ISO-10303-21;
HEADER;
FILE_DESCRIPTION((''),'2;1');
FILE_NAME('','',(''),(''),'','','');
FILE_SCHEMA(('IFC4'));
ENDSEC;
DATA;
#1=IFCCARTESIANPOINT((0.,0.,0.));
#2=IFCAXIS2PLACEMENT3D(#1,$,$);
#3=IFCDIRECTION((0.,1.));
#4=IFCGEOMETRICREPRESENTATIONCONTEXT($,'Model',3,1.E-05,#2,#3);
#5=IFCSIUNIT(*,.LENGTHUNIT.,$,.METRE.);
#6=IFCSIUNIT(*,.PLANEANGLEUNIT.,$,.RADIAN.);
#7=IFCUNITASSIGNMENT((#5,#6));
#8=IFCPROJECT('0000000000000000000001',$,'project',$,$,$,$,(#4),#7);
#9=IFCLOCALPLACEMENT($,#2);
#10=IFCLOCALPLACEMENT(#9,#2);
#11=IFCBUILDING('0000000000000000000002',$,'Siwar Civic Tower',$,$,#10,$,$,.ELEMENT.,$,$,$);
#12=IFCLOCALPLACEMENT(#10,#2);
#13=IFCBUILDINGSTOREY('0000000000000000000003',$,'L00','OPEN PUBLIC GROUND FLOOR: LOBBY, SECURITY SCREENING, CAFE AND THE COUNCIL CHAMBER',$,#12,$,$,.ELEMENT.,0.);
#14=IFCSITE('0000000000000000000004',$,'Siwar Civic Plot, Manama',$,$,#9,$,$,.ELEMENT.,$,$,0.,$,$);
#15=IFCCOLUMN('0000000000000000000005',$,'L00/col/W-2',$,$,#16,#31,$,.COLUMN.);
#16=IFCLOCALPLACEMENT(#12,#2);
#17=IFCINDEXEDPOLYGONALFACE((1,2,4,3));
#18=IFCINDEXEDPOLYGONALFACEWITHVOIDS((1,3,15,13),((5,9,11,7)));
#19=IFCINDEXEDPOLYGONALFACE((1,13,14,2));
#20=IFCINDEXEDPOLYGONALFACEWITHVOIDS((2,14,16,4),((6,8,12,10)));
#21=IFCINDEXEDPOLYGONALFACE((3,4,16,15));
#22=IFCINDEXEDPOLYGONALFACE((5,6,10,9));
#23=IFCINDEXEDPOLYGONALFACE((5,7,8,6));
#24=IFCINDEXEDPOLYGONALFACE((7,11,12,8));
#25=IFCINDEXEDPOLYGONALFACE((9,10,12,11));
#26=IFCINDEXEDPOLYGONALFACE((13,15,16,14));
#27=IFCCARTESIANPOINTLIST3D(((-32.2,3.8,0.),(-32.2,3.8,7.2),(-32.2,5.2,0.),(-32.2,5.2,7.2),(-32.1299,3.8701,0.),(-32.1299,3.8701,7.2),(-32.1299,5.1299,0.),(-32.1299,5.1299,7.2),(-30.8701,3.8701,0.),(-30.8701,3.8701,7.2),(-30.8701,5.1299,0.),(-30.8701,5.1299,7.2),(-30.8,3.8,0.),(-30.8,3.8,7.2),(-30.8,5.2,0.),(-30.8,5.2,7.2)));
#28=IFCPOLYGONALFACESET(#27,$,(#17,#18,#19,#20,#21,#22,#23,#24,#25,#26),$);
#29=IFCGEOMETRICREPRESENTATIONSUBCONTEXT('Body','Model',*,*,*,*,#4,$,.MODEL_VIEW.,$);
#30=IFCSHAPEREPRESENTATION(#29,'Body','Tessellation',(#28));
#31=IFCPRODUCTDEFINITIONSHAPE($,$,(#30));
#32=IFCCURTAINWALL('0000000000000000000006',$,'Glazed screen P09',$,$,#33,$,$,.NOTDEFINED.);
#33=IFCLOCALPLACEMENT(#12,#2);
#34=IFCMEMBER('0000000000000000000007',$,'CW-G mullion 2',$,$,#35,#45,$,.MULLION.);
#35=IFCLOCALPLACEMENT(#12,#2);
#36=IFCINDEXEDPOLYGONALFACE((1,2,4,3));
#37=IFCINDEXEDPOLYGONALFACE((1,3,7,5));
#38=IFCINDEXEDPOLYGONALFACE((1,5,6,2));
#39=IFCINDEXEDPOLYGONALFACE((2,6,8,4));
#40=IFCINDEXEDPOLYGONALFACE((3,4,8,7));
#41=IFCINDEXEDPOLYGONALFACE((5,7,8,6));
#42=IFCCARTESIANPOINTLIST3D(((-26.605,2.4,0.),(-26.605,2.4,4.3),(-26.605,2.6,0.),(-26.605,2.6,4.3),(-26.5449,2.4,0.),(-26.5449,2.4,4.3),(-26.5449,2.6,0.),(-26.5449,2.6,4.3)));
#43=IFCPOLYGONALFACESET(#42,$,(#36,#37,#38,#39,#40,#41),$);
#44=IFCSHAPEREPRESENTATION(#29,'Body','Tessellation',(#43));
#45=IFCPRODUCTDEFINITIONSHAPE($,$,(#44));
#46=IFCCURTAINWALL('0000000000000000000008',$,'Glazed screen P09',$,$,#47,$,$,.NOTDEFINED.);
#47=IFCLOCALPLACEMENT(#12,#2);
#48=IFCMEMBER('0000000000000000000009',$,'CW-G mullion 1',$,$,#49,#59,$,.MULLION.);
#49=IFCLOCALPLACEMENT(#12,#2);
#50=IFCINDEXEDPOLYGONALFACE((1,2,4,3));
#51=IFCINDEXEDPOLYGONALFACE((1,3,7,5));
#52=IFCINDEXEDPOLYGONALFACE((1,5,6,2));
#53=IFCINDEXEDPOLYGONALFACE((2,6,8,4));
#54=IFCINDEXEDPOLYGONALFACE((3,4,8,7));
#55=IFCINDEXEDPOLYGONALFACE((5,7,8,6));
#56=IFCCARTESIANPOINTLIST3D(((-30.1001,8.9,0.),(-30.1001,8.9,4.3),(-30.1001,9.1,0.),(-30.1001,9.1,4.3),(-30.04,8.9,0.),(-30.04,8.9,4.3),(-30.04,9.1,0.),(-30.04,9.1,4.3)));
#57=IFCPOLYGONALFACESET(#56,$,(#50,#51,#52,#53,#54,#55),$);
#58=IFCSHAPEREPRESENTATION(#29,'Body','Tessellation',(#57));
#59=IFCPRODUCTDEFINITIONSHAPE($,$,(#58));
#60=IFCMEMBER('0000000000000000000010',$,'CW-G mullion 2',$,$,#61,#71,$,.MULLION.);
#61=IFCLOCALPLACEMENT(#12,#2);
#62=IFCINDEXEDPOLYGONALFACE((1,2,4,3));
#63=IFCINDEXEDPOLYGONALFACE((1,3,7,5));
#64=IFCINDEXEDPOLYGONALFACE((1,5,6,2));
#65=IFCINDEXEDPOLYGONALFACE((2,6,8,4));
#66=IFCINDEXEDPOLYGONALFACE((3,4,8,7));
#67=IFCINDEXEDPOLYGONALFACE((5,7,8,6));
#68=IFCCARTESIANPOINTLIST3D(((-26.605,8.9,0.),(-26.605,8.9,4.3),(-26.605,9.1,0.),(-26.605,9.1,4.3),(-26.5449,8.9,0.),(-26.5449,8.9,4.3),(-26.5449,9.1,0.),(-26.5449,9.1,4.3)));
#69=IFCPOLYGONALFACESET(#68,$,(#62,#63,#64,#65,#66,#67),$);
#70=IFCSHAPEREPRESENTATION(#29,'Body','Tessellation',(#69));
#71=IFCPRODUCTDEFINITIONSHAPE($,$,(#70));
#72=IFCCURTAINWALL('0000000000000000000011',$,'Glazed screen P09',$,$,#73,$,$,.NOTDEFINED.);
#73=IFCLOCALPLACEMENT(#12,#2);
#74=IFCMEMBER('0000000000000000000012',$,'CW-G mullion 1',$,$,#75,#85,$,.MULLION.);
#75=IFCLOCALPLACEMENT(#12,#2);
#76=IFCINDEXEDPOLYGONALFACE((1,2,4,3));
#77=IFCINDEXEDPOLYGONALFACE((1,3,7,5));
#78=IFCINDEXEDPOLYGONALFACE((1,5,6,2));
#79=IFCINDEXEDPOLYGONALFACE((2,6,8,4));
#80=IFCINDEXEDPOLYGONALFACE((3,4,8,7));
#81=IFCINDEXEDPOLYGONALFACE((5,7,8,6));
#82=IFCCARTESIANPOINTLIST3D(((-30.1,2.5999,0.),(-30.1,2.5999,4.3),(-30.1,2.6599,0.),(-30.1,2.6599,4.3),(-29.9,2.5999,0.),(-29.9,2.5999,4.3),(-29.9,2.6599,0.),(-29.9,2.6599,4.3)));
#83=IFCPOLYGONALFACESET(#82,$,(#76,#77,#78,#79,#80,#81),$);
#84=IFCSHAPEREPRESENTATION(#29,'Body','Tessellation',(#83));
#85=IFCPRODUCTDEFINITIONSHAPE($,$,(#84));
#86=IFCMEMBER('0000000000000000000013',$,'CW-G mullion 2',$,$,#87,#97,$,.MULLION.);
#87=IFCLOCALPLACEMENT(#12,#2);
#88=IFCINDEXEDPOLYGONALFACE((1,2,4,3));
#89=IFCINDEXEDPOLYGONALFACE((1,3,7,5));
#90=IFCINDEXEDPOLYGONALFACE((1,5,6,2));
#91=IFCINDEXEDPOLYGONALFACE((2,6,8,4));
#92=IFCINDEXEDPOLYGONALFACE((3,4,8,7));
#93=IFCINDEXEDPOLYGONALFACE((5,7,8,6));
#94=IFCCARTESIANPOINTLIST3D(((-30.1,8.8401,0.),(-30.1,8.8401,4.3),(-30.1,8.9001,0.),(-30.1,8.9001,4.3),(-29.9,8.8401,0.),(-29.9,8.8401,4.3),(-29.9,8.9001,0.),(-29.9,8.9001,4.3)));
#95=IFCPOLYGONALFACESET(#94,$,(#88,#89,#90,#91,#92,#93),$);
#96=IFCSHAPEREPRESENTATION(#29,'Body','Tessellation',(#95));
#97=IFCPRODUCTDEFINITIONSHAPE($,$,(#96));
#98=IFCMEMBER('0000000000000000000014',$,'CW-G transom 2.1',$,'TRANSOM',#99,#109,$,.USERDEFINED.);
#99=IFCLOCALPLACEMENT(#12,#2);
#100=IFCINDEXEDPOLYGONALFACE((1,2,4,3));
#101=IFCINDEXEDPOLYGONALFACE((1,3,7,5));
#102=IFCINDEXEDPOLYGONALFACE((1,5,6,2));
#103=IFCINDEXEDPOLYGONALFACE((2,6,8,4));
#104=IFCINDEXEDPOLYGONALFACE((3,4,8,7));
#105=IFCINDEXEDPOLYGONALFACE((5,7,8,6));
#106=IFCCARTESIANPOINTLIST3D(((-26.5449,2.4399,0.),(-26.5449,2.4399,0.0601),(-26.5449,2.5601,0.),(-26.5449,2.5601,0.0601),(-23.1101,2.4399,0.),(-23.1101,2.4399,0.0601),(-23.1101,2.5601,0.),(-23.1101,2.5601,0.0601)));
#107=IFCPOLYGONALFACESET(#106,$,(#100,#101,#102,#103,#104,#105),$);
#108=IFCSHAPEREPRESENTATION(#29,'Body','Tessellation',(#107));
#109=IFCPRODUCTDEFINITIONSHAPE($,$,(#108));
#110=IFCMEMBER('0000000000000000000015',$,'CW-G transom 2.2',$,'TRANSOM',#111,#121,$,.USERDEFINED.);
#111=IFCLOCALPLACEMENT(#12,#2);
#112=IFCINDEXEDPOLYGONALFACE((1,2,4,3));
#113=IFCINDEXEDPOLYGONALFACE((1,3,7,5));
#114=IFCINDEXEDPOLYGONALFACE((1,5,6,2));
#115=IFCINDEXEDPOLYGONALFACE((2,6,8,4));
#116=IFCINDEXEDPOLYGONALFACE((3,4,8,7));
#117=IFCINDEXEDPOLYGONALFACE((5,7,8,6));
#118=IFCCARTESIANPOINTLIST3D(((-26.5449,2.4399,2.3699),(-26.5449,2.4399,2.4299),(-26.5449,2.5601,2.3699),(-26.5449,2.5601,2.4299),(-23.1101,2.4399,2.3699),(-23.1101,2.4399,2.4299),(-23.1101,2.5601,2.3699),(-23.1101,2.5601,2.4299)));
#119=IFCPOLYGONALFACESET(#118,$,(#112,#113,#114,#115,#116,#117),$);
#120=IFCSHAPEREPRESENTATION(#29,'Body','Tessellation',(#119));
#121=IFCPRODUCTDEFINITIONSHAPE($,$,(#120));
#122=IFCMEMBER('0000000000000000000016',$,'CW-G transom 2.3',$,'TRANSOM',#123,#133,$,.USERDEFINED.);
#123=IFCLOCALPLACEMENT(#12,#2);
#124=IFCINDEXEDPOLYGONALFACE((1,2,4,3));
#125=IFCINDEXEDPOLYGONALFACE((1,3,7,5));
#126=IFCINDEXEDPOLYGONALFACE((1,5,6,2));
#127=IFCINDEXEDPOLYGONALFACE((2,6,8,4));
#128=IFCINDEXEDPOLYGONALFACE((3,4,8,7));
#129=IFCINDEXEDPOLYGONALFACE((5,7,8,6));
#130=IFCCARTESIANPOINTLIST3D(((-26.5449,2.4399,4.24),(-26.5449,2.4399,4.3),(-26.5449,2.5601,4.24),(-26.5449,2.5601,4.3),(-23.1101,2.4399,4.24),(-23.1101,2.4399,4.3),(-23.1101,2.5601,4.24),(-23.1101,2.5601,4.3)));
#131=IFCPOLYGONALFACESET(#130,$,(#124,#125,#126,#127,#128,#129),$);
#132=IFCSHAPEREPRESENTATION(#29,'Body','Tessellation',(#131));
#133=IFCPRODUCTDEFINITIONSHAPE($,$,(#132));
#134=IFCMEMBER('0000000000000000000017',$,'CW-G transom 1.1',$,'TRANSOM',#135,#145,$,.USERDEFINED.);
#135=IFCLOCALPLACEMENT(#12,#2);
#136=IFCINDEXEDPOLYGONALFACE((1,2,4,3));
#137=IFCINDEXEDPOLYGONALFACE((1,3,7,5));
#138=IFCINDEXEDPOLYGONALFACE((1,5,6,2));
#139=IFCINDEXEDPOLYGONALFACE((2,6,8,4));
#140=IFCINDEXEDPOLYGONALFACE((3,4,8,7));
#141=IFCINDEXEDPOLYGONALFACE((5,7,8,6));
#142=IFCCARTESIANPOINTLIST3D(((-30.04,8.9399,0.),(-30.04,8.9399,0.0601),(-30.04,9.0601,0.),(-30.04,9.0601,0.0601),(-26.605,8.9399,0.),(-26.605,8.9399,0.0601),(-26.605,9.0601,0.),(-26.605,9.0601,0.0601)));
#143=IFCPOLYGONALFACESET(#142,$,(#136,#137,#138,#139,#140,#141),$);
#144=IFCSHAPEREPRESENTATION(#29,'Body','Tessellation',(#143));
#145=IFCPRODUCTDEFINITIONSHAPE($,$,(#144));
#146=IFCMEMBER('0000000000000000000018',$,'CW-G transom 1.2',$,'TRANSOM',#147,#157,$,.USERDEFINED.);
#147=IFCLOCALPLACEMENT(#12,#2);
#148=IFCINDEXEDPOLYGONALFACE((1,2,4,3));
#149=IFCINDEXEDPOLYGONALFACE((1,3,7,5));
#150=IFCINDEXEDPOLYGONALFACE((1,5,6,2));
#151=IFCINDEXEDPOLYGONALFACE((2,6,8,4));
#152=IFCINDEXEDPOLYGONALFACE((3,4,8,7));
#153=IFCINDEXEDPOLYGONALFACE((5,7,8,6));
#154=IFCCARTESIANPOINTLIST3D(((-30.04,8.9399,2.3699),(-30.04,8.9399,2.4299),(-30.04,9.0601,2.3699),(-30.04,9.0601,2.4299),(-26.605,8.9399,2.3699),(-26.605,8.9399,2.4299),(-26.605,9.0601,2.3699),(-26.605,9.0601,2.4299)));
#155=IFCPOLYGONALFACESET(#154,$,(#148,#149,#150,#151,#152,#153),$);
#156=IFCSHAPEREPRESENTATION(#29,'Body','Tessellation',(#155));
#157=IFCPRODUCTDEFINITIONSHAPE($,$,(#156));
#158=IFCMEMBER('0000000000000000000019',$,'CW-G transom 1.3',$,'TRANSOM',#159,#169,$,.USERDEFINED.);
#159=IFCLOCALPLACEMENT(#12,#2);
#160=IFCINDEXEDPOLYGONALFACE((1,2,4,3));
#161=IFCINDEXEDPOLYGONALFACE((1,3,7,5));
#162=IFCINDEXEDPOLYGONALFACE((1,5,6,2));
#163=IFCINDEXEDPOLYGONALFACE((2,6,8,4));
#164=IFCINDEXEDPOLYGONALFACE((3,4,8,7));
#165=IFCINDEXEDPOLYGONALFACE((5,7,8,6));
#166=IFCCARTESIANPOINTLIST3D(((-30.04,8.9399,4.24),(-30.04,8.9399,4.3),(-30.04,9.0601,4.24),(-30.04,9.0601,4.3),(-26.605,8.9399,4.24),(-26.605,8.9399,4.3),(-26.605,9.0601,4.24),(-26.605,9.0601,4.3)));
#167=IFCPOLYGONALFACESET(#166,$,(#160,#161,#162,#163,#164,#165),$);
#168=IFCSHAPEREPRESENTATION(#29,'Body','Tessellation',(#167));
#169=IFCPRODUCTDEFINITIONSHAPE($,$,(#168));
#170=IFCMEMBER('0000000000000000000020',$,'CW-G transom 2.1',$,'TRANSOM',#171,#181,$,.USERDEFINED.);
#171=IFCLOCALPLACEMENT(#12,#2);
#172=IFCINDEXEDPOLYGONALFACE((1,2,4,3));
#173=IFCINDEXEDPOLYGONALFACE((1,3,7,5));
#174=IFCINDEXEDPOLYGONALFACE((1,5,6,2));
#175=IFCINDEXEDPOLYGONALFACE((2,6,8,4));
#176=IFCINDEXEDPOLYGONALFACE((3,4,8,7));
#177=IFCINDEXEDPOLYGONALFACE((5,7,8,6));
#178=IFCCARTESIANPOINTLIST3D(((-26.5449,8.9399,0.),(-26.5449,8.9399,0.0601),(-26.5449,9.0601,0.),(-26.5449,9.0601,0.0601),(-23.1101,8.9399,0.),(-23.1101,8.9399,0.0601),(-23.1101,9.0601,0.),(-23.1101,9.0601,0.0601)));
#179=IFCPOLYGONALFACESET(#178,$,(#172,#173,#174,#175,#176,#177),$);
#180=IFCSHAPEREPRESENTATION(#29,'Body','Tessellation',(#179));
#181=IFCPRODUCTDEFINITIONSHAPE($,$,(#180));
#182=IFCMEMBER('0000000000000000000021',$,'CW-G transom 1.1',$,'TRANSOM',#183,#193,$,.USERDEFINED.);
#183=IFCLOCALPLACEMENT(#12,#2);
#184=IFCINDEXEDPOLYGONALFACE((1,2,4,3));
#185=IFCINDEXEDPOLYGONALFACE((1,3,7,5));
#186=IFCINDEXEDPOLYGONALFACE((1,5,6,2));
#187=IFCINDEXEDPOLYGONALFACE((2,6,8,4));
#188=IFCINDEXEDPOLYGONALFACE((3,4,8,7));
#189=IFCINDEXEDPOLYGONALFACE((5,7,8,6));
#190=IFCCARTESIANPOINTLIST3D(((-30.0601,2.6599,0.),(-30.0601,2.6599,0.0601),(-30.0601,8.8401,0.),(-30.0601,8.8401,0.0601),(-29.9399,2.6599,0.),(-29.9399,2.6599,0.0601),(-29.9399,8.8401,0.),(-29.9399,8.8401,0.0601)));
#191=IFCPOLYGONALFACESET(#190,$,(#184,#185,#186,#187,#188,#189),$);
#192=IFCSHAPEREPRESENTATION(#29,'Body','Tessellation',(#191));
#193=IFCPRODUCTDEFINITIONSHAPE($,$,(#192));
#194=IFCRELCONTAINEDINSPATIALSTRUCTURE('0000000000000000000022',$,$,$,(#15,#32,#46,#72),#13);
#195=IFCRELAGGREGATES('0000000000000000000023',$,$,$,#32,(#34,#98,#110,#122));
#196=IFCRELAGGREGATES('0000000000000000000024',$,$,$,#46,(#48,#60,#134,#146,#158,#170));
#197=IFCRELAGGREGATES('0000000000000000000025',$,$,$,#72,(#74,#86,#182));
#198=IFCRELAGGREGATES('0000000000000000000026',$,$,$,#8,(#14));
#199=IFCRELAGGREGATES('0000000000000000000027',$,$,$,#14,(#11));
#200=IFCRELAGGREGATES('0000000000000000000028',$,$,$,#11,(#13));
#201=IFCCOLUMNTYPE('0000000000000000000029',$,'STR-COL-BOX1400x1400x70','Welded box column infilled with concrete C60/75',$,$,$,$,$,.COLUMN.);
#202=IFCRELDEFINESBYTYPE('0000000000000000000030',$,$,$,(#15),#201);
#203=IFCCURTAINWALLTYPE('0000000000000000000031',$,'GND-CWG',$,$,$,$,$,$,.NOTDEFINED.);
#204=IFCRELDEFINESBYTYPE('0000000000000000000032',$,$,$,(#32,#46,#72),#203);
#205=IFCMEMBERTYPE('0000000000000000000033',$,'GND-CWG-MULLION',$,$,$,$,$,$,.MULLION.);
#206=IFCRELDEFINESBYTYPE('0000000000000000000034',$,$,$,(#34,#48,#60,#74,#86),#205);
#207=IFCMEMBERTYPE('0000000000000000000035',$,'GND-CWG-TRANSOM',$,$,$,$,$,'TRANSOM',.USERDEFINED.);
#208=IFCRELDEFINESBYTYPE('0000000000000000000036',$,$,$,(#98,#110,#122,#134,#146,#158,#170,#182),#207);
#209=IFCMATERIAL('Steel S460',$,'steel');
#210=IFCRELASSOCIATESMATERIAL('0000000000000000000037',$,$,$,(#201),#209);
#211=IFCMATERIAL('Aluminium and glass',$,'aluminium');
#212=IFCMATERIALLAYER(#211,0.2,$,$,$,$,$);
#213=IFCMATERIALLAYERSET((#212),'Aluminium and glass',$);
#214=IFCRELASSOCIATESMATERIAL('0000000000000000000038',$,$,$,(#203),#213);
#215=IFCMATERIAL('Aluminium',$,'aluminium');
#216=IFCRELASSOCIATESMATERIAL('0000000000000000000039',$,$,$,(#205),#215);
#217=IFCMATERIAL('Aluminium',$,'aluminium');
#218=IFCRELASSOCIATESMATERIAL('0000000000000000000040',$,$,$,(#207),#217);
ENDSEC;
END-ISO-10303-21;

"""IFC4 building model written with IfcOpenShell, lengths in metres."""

from ifc_helpers import new_model, si_unit, direction, frame, origin, origin_2d, place, context, subcontext, project, spatial, rectangle, hollow_rectangle, extrude, material, layer, layer_set, material_profile, profile_set, type_object, element, aggregate, save


model = new_model("IFC4")

# Units and contexts
model_context = context("Model", 3, precision=1e-05, world=origin(), true_north=direction((0.0, 1.0)))
body_context = subcontext(model_context, "Body", "Model", "MODEL_VIEW")
ifc_project = project(units=[si_unit("LENGTHUNIT", "METRE"), si_unit("PLANEANGLEUNIT", "RADIAN")], contexts=[model_context])

# Site, building, storey
site_placement = place(None, origin())
site = spatial("IfcSite", under=ifc_project, at=site_placement, Name="Siwar Civic Plot, Manama", CompositionType="ELEMENT", RefElevation=0.0)
building_placement = place(site_placement, origin())
building = spatial("IfcBuilding", under=site, at=building_placement, Name="Siwar Civic Tower", CompositionType="ELEMENT")
storey_placement = place(building_placement, origin())
storey = spatial("IfcBuildingStorey", under=building, at=storey_placement, Name="L00", Description="OPEN PUBLIC GROUND FLOOR: LOBBY, SECURITY SCREENING, CAFE AND THE COUNCIL CHAMBER", CompositionType="ELEMENT", Elevation=0.0)

# Column
ifc_material_1 = material(Name="Steel S460", Category="steel")
ifc_material_profile_1 = material_profile(ifc_material_1, hollow_rectangle(XDim=1.3999, YDim=1.3999, WallThickness=0.0701, at=origin_2d()), Name="BOX1400x1400x70")
ifc_profile_set_1 = profile_set([ifc_material_profile_1], Name="Steel S460")
column_type = type_object("IfcColumnType", Name="STR-COL-BOX1400x1400x70", Description="Welded box column infilled with concrete C60/75", PredefinedType="COLUMN", material=ifc_profile_set_1)
column_placement = place(storey_placement, frame((-31.5, 4.5, 0.0), z_axis=(0.0, 0.0, 1.0), x_axis=(1.0, 0.0, 0.0)))
element("IfcColumn", 1, at=column_placement, inside=storey, type_object=column_type, Name="L00/col/W-2", PredefinedType="COLUMN", context=body_context, shape_type="SweptSolid", body=[
    extrude(hollow_rectangle(XDim=1.3999, YDim=1.3999, WallThickness=0.0701, at=origin_2d()), origin(), (0.0, 0.0, 1.0), 7.2),
])

# Curtain wall, member
ifc_material_2 = material(Name="Aluminium and glass", Category="aluminium")
ifc_layer_1 = layer(ifc_material_2, 0.2)
ifc_layer_set_1 = layer_set([ifc_layer_1], Name="Aluminium and glass")
curtain_wall_type = type_object("IfcCurtainWallType", Name="GND-CWG", PredefinedType="NOTDEFINED", material=ifc_layer_set_1)
curtain_wall_1_placement = place(storey_placement, origin())
curtain_wall_1 = element("IfcCurtainWall", 2, at=curtain_wall_1_placement, inside=storey, type_object=curtain_wall_type, Name="Glazed screen P09", PredefinedType="NOTDEFINED")
ifc_material_3 = material(Name="Aluminium", Category="aluminium")
ifc_material_profile_2 = material_profile(ifc_material_3, rectangle(XDim=0.2, YDim=0.0601, at=origin_2d()), Name="AL 200x60")
ifc_profile_set_2 = profile_set([ifc_material_profile_2], Name="Aluminium")
member_type_1 = type_object("IfcMemberType", Name="GND-CWG-MULLION", PredefinedType="MULLION", material=ifc_profile_set_2)
member_1_placement = place(storey_placement, frame((-26.575, 2.5, 0.0), z_axis=(0.0, 0.0, 1.0), x_axis=(0.0, 1.0, 0.0)))
member_1 = element("IfcMember", 3, at=member_1_placement, type_object=member_type_1, Name="CW-G mullion 2", PredefinedType="MULLION", context=body_context, shape_type="SweptSolid", body=[
    extrude(rectangle(XDim=0.2, YDim=0.0601, at=origin_2d()), origin(), (0.0, 0.0, 1.0), 4.3),
])

# Curtain walls, members
curtain_wall_2_placement = place(storey_placement, origin())
curtain_wall_2 = element("IfcCurtainWall", 4, at=curtain_wall_2_placement, inside=storey, type_object=curtain_wall_type, Name="Glazed screen P09", PredefinedType="NOTDEFINED")
member_2_placement = place(storey_placement, frame((-30.0701, 9.0, 0.0), z_axis=(0.0, 0.0, 1.0), x_axis=(0.0, 1.0, 0.0)))
member_2 = element("IfcMember", 5, at=member_2_placement, type_object=member_type_1, Name="CW-G mullion 1", PredefinedType="MULLION", context=body_context, shape_type="SweptSolid", body=[
    extrude(rectangle(XDim=0.2, YDim=0.0601, at=origin_2d()), origin(), (0.0, 0.0, 1.0), 4.3),
])
member_3_placement = place(storey_placement, frame((-26.575, 9.0, 0.0), z_axis=(0.0, 0.0, 1.0), x_axis=(0.0, 1.0, 0.0)))
member_3 = element("IfcMember", 6, at=member_3_placement, type_object=member_type_1, Name="CW-G mullion 2", PredefinedType="MULLION", context=body_context, shape_type="SweptSolid", body=[
    extrude(rectangle(XDim=0.2, YDim=0.0601, at=origin_2d()), origin(), (0.0, 0.0, 1.0), 4.3),
])
curtain_wall_3_placement = place(storey_placement, origin())
curtain_wall_3 = element("IfcCurtainWall", 7, at=curtain_wall_3_placement, inside=storey, type_object=curtain_wall_type, Name="Glazed screen P09", PredefinedType="NOTDEFINED")
member_4_placement = place(storey_placement, frame((-30.0, 2.6299, 0.0), z_axis=(0.0, 0.0, 1.0), x_axis=(-1.0, 0.0, 0.0)))
member_4 = element("IfcMember", 8, at=member_4_placement, type_object=member_type_1, Name="CW-G mullion 1", PredefinedType="MULLION", context=body_context, shape_type="SweptSolid", body=[
    extrude(rectangle(XDim=0.2, YDim=0.0601, at=origin_2d()), origin(), (0.0, 0.0, 1.0), 4.3),
])
member_5_placement = place(storey_placement, frame((-30.0, 8.8701, 0.0), z_axis=(0.0, 0.0, 1.0), x_axis=(-1.0, 0.0, 0.0)))
member_5 = element("IfcMember", 9, at=member_5_placement, type_object=member_type_1, Name="CW-G mullion 2", PredefinedType="MULLION", context=body_context, shape_type="SweptSolid", body=[
    extrude(rectangle(XDim=0.2, YDim=0.0601, at=origin_2d()), origin(), (0.0, 0.0, 1.0), 4.3),
])

# Members
ifc_material_4 = material(Name="Aluminium", Category="aluminium")
ifc_material_profile_3 = material_profile(ifc_material_4, rectangle(XDim=0.1201, YDim=0.0601, at=origin_2d()), Name="AL 120x60")
ifc_profile_set_3 = profile_set([ifc_material_profile_3], Name="Aluminium")
member_type_2 = type_object("IfcMemberType", Name="GND-CWG-TRANSOM", ElementType="TRANSOM", PredefinedType="USERDEFINED", material=ifc_profile_set_3)
member_6_placement = place(storey_placement, frame((-26.5449, 2.5, 0.03), z_axis=(1.0, 0.0, 0.0), x_axis=(0.0, 1.0, 0.0)))
member_6 = element("IfcMember", 10, at=member_6_placement, type_object=member_type_2, Name="CW-G transom 2.1", ObjectType="TRANSOM", PredefinedType="USERDEFINED", context=body_context, shape_type="SweptSolid", body=[
    extrude(rectangle(XDim=0.1201, YDim=0.0601, at=origin_2d()), origin(), (0.0, 0.0, 1.0), 3.4348),
])
member_7_placement = place(storey_placement, frame((-26.5449, 2.5, 2.3999), z_axis=(1.0, 0.0, 0.0), x_axis=(0.0, 1.0, 0.0)))
member_7 = element("IfcMember", 11, at=member_7_placement, type_object=member_type_2, Name="CW-G transom 2.2", ObjectType="TRANSOM", PredefinedType="USERDEFINED", context=body_context, shape_type="SweptSolid", body=[
    extrude(rectangle(XDim=0.1201, YDim=0.0601, at=origin_2d()), origin(), (0.0, 0.0, 1.0), 3.4348),
])
member_8_placement = place(storey_placement, frame((-26.5449, 2.5, 4.27), z_axis=(1.0, 0.0, 0.0), x_axis=(0.0, 1.0, 0.0)))
member_8 = element("IfcMember", 12, at=member_8_placement, type_object=member_type_2, Name="CW-G transom 2.3", ObjectType="TRANSOM", PredefinedType="USERDEFINED", context=body_context, shape_type="SweptSolid", body=[
    extrude(rectangle(XDim=0.1201, YDim=0.0601, at=origin_2d()), origin(), (0.0, 0.0, 1.0), 3.4348),
])
member_9_placement = place(storey_placement, frame((-30.04, 9.0, 0.03), z_axis=(1.0, 0.0, 0.0), x_axis=(0.0, 1.0, 0.0)))
member_9 = element("IfcMember", 13, at=member_9_placement, type_object=member_type_2, Name="CW-G transom 1.1", ObjectType="TRANSOM", PredefinedType="USERDEFINED", context=body_context, shape_type="SweptSolid", body=[
    extrude(rectangle(XDim=0.1201, YDim=0.0601, at=origin_2d()), origin(), (0.0, 0.0, 1.0), 3.4351),
])
member_10_placement = place(storey_placement, frame((-30.04, 9.0, 2.3999), z_axis=(1.0, 0.0, 0.0), x_axis=(0.0, 1.0, 0.0)))
member_10 = element("IfcMember", 14, at=member_10_placement, type_object=member_type_2, Name="CW-G transom 1.2", ObjectType="TRANSOM", PredefinedType="USERDEFINED", context=body_context, shape_type="SweptSolid", body=[
    extrude(rectangle(XDim=0.1201, YDim=0.0601, at=origin_2d()), origin(), (0.0, 0.0, 1.0), 3.4351),
])
member_11_placement = place(storey_placement, frame((-30.04, 9.0, 4.27), z_axis=(1.0, 0.0, 0.0), x_axis=(0.0, 1.0, 0.0)))
member_11 = element("IfcMember", 15, at=member_11_placement, type_object=member_type_2, Name="CW-G transom 1.3", ObjectType="TRANSOM", PredefinedType="USERDEFINED", context=body_context, shape_type="SweptSolid", body=[
    extrude(rectangle(XDim=0.1201, YDim=0.0601, at=origin_2d()), origin(), (0.0, 0.0, 1.0), 3.4351),
])
member_12_placement = place(storey_placement, frame((-26.5449, 9.0, 0.03), z_axis=(1.0, 0.0, 0.0), x_axis=(0.0, 1.0, 0.0)))
member_12 = element("IfcMember", 16, at=member_12_placement, type_object=member_type_2, Name="CW-G transom 2.1", ObjectType="TRANSOM", PredefinedType="USERDEFINED", context=body_context, shape_type="SweptSolid", body=[
    extrude(rectangle(XDim=0.1201, YDim=0.0601, at=origin_2d()), origin(), (0.0, 0.0, 1.0), 3.4348),
])
member_13_placement = place(storey_placement, frame((-30.0, 2.6599, 0.03), z_axis=(0.0, 1.0, 0.0), x_axis=(-1.0, 0.0, 0.0)))
member_13 = element("IfcMember", 17, at=member_13_placement, type_object=member_type_2, Name="CW-G transom 1.1", ObjectType="TRANSOM", PredefinedType="USERDEFINED", context=body_context, shape_type="SweptSolid", body=[
    extrude(rectangle(XDim=0.1201, YDim=0.0601, at=origin_2d()), origin(), (0.0, 0.0, 1.0), 6.1802),
])

aggregate(curtain_wall_1, [member_1, member_6, member_7, member_8])
aggregate(curtain_wall_2, [member_2, member_3, member_9, member_10, member_11, member_12])
aggregate(curtain_wall_3, [member_4, member_5, member_13])

save(model, "model.ifc")
